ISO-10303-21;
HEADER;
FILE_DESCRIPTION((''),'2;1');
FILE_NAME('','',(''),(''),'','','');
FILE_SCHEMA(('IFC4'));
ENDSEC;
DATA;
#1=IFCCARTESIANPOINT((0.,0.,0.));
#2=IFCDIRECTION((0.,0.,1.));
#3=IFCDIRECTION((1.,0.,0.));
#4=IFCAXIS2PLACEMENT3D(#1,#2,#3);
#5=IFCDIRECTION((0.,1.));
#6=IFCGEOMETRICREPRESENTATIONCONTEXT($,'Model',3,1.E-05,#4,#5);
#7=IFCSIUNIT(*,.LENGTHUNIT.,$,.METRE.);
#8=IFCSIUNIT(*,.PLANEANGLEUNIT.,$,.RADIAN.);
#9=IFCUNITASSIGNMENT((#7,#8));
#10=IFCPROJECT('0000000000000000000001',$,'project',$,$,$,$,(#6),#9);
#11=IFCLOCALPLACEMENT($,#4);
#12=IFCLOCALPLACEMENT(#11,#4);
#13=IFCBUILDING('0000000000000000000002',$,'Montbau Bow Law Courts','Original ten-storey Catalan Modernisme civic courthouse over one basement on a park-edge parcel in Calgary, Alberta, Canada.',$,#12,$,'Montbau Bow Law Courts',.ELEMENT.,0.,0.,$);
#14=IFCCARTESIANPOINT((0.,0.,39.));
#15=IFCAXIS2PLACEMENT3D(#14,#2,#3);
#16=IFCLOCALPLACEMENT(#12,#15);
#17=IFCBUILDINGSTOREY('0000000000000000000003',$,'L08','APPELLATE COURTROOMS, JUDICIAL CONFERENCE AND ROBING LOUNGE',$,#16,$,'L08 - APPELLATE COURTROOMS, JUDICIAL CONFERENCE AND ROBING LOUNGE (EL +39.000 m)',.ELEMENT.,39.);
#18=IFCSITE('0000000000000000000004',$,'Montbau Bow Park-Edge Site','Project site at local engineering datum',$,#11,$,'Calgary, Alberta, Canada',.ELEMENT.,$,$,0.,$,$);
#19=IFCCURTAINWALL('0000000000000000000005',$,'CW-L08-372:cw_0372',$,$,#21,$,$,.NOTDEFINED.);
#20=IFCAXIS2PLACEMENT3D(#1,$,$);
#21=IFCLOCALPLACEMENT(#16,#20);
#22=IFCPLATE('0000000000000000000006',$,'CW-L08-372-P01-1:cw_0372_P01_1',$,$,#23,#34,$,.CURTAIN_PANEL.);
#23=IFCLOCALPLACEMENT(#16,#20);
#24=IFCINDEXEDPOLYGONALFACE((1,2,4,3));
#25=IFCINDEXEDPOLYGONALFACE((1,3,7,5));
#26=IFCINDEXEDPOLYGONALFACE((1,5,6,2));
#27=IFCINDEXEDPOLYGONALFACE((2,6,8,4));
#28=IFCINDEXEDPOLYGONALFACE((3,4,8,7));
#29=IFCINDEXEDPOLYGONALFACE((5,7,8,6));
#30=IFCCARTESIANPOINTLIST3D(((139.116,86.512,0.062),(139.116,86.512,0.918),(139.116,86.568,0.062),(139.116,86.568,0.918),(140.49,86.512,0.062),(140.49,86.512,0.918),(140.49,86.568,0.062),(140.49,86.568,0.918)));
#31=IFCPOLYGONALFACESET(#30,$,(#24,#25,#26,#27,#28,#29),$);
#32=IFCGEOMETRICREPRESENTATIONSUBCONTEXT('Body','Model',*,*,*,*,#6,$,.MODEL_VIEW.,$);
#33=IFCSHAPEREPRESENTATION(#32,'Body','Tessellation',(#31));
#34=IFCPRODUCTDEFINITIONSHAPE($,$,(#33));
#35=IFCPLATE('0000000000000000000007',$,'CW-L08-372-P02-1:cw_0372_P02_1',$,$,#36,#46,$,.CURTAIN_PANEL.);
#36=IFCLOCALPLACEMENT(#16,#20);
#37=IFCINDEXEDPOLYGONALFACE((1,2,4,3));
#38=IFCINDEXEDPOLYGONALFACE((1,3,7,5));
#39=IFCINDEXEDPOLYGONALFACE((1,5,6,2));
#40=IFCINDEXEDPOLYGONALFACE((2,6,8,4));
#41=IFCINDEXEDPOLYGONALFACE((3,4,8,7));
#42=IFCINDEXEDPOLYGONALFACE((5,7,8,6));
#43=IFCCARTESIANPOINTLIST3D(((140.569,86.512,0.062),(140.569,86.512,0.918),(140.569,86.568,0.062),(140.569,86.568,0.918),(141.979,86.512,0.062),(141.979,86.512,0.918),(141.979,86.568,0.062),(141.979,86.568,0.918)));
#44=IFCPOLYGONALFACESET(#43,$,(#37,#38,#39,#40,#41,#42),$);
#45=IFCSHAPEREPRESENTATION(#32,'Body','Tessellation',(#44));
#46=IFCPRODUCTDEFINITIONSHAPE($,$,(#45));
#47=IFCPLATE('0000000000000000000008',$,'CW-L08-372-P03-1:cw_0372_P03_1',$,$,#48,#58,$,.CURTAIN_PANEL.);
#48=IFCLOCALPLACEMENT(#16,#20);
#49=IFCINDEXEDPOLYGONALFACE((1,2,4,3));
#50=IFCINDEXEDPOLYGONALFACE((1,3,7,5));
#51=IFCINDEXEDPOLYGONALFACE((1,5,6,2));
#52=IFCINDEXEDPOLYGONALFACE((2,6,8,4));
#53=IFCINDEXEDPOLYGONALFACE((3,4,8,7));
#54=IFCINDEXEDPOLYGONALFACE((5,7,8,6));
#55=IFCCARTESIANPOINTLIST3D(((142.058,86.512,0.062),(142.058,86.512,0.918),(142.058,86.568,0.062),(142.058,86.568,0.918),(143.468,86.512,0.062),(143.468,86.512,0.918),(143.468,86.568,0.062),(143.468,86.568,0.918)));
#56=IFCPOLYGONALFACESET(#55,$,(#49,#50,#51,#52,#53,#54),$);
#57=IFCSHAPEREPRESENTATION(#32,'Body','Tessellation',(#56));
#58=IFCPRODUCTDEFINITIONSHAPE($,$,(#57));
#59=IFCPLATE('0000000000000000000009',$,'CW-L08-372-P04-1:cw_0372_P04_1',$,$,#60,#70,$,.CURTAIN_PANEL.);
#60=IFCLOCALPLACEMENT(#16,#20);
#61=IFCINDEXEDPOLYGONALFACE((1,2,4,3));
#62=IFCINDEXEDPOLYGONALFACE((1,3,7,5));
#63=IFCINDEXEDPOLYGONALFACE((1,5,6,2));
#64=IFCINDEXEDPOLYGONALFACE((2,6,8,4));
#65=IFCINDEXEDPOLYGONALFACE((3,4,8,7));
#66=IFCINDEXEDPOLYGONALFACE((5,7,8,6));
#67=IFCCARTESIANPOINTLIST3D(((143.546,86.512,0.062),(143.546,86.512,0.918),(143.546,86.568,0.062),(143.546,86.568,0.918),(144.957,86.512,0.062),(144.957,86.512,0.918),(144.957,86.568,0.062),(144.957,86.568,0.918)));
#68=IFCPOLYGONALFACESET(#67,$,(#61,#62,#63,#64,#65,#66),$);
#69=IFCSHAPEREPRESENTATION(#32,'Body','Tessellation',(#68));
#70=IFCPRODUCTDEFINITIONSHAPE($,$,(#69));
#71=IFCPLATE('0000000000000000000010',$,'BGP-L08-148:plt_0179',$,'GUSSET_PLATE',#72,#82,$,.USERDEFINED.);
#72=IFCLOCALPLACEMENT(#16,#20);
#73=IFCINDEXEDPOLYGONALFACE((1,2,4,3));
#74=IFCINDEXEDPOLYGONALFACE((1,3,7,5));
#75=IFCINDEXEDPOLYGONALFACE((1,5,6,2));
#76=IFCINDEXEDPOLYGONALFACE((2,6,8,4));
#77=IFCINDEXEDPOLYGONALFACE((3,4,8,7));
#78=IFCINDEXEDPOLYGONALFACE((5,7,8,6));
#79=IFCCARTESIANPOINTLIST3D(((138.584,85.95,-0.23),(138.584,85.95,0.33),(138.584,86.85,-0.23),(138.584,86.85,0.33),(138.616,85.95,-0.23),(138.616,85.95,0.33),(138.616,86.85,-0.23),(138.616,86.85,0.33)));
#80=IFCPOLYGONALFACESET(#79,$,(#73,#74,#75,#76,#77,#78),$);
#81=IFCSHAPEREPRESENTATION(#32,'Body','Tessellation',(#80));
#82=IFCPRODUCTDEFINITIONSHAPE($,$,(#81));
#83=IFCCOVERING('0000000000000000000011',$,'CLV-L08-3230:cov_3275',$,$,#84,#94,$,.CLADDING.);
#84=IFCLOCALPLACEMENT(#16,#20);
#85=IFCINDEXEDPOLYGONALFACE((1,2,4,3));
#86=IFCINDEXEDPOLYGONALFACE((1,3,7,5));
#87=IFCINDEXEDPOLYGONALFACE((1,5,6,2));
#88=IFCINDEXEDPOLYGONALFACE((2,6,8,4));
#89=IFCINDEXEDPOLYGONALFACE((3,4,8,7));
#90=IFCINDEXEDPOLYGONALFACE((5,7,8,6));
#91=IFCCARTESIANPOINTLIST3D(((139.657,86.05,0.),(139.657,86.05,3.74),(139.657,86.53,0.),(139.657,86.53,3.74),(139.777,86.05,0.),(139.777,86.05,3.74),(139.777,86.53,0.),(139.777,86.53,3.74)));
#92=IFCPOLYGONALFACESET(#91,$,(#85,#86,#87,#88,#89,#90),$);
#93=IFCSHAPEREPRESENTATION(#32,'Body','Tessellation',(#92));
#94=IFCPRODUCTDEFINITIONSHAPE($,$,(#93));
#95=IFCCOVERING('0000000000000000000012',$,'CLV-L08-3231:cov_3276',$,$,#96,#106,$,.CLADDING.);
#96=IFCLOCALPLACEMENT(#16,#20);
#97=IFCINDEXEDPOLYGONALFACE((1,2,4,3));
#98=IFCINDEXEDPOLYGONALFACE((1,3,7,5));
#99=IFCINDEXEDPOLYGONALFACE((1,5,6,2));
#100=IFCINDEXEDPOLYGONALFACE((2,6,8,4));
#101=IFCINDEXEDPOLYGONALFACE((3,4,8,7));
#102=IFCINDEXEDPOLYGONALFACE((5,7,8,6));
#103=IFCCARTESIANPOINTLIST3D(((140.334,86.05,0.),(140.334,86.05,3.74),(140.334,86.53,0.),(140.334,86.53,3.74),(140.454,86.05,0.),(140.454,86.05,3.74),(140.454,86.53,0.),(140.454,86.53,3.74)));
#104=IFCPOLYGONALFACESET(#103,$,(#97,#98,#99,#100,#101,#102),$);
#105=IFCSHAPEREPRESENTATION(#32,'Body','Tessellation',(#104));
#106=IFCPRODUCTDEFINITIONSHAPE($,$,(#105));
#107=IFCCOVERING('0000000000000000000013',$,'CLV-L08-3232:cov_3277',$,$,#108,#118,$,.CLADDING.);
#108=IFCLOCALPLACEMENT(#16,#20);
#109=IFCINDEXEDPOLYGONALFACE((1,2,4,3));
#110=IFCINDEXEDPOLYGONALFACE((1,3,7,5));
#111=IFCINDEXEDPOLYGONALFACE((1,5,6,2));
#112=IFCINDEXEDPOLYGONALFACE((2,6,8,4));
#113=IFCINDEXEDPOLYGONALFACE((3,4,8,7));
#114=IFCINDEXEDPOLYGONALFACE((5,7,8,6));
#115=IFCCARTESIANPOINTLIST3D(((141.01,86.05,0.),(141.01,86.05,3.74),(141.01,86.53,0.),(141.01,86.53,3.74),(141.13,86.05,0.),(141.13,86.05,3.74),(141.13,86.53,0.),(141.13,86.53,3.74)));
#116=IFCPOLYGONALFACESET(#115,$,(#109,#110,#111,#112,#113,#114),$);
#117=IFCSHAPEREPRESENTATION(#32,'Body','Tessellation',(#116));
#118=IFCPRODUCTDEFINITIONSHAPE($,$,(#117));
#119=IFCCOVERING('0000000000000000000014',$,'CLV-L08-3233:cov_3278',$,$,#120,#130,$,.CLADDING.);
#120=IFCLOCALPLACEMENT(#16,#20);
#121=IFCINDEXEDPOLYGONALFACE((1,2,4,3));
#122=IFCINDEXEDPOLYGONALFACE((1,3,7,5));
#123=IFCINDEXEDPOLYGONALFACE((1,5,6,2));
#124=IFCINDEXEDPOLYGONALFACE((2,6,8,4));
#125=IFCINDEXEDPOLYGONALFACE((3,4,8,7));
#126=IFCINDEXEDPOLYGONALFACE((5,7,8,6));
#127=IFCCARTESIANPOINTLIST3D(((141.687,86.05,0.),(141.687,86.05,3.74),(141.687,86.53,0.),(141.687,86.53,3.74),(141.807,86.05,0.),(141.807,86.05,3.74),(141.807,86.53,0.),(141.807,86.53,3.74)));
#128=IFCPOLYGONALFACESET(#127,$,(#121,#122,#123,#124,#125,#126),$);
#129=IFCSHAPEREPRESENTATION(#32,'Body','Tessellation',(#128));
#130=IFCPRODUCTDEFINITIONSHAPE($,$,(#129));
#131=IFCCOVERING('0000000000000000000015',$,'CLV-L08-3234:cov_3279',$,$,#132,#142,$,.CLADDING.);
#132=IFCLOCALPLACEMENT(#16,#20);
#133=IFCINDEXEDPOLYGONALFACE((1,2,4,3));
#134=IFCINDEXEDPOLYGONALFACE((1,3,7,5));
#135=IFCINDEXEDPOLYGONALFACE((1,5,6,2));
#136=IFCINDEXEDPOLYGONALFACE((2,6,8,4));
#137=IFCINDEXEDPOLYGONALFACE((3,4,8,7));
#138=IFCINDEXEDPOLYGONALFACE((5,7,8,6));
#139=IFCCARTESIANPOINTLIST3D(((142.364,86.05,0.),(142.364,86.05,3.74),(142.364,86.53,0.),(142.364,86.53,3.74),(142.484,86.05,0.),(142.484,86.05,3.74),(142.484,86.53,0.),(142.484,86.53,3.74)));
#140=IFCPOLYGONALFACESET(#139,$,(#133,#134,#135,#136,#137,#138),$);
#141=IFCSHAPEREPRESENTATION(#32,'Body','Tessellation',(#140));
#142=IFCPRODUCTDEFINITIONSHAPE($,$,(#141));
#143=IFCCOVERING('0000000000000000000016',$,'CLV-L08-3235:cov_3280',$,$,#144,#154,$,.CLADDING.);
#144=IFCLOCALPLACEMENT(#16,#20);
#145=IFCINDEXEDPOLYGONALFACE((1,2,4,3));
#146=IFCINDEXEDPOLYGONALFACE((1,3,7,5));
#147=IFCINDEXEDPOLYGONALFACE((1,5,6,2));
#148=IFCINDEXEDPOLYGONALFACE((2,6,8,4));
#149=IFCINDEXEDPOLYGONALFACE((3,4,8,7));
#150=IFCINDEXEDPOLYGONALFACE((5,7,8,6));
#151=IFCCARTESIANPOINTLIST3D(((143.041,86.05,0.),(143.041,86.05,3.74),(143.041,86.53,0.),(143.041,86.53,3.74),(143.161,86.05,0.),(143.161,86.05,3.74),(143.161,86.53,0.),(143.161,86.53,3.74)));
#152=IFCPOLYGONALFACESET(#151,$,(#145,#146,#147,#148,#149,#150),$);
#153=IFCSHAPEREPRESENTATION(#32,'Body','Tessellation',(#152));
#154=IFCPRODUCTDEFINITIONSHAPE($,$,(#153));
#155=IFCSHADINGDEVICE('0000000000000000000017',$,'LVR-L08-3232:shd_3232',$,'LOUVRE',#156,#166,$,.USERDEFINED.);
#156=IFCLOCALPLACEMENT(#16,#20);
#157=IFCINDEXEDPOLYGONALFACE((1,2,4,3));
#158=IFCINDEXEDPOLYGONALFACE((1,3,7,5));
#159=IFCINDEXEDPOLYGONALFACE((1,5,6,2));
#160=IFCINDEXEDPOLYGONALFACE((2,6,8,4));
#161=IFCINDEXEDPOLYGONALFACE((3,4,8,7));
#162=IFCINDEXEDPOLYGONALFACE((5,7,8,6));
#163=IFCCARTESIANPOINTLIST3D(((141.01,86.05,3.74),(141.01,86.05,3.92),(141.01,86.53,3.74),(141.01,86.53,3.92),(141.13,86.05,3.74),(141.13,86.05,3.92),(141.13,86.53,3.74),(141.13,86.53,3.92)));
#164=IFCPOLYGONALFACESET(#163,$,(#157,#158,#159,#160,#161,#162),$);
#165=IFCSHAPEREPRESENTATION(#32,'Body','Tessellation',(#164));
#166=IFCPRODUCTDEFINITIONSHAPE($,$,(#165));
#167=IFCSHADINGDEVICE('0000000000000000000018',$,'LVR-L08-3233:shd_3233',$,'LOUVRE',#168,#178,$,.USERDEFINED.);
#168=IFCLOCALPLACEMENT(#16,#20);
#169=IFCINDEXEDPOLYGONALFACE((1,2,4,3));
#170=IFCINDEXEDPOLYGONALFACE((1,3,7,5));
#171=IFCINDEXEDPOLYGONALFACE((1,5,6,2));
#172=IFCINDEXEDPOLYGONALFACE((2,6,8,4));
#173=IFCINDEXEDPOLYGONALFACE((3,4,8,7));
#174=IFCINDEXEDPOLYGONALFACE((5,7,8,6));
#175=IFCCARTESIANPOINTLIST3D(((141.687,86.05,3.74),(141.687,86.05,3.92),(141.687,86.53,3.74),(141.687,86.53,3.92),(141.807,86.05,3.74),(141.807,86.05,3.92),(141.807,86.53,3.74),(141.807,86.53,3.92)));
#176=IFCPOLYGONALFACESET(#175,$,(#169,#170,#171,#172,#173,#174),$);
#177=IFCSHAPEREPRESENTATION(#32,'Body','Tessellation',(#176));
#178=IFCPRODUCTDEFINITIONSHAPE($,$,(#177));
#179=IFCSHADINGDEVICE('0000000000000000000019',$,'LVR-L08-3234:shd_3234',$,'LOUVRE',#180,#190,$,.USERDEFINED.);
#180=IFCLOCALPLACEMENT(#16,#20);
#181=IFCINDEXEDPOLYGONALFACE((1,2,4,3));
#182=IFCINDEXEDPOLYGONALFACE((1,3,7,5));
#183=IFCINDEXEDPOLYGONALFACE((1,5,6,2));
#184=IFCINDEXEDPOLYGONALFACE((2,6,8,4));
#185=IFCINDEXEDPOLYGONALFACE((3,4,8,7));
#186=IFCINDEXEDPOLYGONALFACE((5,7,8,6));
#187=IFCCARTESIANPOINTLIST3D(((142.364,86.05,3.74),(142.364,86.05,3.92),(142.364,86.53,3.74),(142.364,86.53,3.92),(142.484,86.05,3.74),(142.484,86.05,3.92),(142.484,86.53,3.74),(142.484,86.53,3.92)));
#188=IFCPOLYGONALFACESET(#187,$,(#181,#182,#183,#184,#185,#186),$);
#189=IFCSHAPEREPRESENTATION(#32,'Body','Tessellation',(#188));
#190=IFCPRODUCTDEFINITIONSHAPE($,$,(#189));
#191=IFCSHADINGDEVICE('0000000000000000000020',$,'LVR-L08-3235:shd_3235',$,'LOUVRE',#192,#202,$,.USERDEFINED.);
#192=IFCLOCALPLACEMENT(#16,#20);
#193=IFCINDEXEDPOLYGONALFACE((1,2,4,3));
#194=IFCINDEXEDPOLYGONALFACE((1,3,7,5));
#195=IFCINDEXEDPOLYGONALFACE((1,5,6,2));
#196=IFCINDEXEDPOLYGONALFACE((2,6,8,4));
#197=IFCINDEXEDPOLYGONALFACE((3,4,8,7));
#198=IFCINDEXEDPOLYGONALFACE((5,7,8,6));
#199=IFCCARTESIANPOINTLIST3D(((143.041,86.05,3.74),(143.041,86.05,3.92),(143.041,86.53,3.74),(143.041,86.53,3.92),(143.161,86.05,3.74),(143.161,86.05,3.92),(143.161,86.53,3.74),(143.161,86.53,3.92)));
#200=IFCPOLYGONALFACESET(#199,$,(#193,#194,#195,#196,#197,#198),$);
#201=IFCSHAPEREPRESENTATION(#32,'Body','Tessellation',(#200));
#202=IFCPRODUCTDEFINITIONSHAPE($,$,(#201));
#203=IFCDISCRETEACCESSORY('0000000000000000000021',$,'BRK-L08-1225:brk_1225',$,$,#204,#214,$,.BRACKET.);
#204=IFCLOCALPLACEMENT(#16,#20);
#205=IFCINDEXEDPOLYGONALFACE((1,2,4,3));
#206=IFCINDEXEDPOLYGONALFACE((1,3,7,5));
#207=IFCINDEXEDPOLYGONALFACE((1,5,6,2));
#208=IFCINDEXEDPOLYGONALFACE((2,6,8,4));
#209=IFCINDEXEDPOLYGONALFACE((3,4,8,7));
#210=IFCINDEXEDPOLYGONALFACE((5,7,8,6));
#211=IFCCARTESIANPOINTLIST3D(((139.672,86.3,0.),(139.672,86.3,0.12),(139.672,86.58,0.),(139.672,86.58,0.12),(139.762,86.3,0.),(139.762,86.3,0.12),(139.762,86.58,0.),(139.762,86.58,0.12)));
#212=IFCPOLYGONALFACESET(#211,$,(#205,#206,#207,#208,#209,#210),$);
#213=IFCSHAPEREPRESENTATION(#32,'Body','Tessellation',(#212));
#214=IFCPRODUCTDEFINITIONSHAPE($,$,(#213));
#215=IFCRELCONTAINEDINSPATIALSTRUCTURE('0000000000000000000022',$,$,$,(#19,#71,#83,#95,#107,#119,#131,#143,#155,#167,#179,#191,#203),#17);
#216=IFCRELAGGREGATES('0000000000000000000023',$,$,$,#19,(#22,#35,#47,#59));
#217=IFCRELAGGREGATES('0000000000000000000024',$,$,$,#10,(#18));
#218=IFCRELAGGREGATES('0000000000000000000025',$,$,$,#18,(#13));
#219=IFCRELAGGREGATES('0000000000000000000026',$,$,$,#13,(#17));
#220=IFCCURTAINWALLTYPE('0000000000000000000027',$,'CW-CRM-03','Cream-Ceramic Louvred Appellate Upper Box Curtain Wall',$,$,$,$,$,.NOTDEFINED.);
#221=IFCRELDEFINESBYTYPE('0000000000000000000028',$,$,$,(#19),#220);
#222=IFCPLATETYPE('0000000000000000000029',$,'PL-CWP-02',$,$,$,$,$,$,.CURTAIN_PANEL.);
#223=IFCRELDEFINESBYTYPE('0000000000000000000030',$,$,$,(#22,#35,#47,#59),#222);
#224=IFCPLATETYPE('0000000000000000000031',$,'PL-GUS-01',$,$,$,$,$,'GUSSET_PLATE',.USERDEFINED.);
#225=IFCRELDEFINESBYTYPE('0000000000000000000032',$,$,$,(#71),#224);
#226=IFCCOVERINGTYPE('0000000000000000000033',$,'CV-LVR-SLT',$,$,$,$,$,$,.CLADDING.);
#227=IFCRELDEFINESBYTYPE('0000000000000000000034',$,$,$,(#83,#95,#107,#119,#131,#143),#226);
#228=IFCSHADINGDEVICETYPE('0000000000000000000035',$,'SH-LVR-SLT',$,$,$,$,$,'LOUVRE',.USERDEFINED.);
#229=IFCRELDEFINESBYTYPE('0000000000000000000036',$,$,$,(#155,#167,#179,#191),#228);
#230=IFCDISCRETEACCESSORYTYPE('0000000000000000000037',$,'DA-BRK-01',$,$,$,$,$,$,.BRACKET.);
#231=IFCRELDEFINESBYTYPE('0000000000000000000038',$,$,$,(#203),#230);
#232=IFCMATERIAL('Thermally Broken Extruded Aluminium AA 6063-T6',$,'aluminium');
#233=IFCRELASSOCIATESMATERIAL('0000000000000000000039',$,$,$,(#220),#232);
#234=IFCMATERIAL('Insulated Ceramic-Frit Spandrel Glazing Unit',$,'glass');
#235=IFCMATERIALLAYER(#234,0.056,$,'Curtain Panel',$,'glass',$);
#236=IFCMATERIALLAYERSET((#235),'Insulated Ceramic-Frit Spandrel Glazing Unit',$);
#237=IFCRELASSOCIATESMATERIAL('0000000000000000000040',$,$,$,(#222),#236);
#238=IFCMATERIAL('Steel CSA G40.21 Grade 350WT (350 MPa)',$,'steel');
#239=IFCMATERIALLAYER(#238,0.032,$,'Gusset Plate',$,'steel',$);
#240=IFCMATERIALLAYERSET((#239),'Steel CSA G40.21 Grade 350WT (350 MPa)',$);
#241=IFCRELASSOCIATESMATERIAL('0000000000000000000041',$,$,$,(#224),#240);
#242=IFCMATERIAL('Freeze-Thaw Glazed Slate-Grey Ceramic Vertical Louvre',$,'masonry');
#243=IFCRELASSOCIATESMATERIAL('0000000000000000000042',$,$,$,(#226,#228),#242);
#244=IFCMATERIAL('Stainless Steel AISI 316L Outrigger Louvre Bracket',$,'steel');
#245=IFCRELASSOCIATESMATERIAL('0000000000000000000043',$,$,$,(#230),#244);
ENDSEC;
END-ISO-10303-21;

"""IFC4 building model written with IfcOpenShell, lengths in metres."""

from ifc_helpers import new_model, si_unit, direction, frame, frame_2d, origin_with_axes, origin_2d_with_axis, place, context, subcontext, project, spatial, rectangle, extrude, material, layer, layer_set, type_object, element, aggregate, save


model = new_model("IFC4")

# Units and contexts
model_context = context("Model", 3, precision=1e-05, world=origin_with_axes(), true_north=direction((0.0, 1.0)))
body_context = subcontext(model_context, "Body", "Model", "MODEL_VIEW")
ifc_project = project(units=[si_unit("LENGTHUNIT", "METRE"), si_unit("PLANEANGLEUNIT", "RADIAN")], contexts=[model_context])

# Site, building, storey
site_placement = place(None, origin_with_axes())
site = spatial("IfcSite", under=ifc_project, at=site_placement, Name="Montbau Bow Park-Edge Site", Description="Project site at local engineering datum", LongName="Calgary, Alberta, Canada", CompositionType="ELEMENT", RefElevation=0.0)
building_placement = place(site_placement, origin_with_axes())
building = spatial("IfcBuilding", under=site, at=building_placement, Name="Montbau Bow Law Courts", Description="Original ten-storey Catalan Modernisme civic courthouse over one basement on a park-edge parcel in Calgary, Alberta, Canada.", LongName="Montbau Bow Law Courts", CompositionType="ELEMENT", ElevationOfRefHeight=0.0, ElevationOfTerrain=0.0)
storey_placement = place(building_placement, frame((0.0, 0.0, 39.0), z_axis=(0.0, 0.0, 1.0), x_axis=(1.0, 0.0, 0.0)))
storey = spatial("IfcBuildingStorey", under=building, at=storey_placement, Name="L08", Description="APPELLATE COURTROOMS, JUDICIAL CONFERENCE AND ROBING LOUNGE", LongName="L08 - APPELLATE COURTROOMS, JUDICIAL CONFERENCE AND ROBING LOUNGE (EL +39.000 m)", CompositionType="ELEMENT", Elevation=39.0)

# Shared definitions
ifc_material_1 = material(Name="Steel CSA G40.21 Grade 350WT (350 MPa)", Category="steel")

# Curtain wall, plates
ifc_material_2 = material(Name="Thermally Broken Extruded Aluminium AA 6063-T6", Category="aluminium")
curtain_wall_type = type_object("IfcCurtainWallType", Name="CW-CRM-03", Description="Cream-Ceramic Louvred Appellate Upper Box Curtain Wall", PredefinedType="NOTDEFINED", material=ifc_material_2)
curtain_wall_placement = place(None, frame((139.04, 86.54, 39.0), z_axis=(0.0, 0.0, 1.0), x_axis=(1.0, 0.0, 0.0)))
curtain_wall = element("IfcCurtainWall", 1, at=curtain_wall_placement, inside=storey, type_object=curtain_wall_type, Name="CW-L08-372:cw_0372", PredefinedType="NOTDEFINED")
ifc_material_3 = material(Name="Insulated Ceramic-Frit Spandrel Glazing Unit", Category="glass")
ifc_layer_1 = layer(ifc_material_3, 0.056, Name="Curtain Panel", Category="glass")
ifc_layer_set_1 = layer_set([ifc_layer_1], Name="Insulated Ceramic-Frit Spandrel Glazing Unit")
plate_type_1 = type_object("IfcPlateType", Name="PL-CWP-02", PredefinedType="CURTAIN_PANEL", material=ifc_layer_set_1)
plate_1_placement = place(None, frame((139.116, 86.54, 39.062), z_axis=(0.0, -1.0, 0.0), x_axis=(1.0, 0.0, 0.0)))
plate_1 = element("IfcPlate", 2, at=plate_1_placement, type_object=plate_type_1, Name="CW-L08-372-P01-1:cw_0372_P01_1", PredefinedType="CURTAIN_PANEL", context=body_context, shape_type="SweptSolid", body=[
    extrude(rectangle(XDim=1.374, YDim=0.856, at=frame_2d((0.687, 0.428), x_axis=(1.0, 0.0))), frame((0.0, 0.0, -0.028), z_axis=(0.0, 0.0, 1.0), x_axis=(1.0, 0.0, 0.0)), (0.0, 0.0, 1.0), 0.056),
])
plate_2_placement = place(None, frame((140.569, 86.54, 39.062), z_axis=(0.0, -1.0, 0.0), x_axis=(1.0, 0.0, 0.0)))
plate_2 = element("IfcPlate", 3, at=plate_2_placement, type_object=plate_type_1, Name="CW-L08-372-P02-1:cw_0372_P02_1", PredefinedType="CURTAIN_PANEL", context=body_context, shape_type="SweptSolid", body=[
    extrude(rectangle(XDim=1.41, YDim=0.856, at=frame_2d((0.705, 0.428), x_axis=(1.0, 0.0))), frame((0.0, 0.0, -0.028), z_axis=(0.0, 0.0, 1.0), x_axis=(1.0, 0.0, 0.0)), (0.0, 0.0, 1.0), 0.056),
])
plate_3_placement = place(None, frame((142.058, 86.54, 39.062), z_axis=(0.0, -1.0, 0.0), x_axis=(1.0, 0.0, 0.0)))
plate_3 = element("IfcPlate", 4, at=plate_3_placement, type_object=plate_type_1, Name="CW-L08-372-P03-1:cw_0372_P03_1", PredefinedType="CURTAIN_PANEL", context=body_context, shape_type="SweptSolid", body=[
    extrude(rectangle(XDim=1.41, YDim=0.856, at=frame_2d((0.705, 0.428), x_axis=(1.0, 0.0))), frame((0.0, 0.0, -0.028), z_axis=(0.0, 0.0, 1.0), x_axis=(1.0, 0.0, 0.0)), (0.0, 0.0, 1.0), 0.056),
])
plate_4_placement = place(None, frame((143.546, 86.54, 39.062), z_axis=(0.0, -1.0, 0.0), x_axis=(1.0, 0.0, 0.0)))
plate_4 = element("IfcPlate", 5, at=plate_4_placement, type_object=plate_type_1, Name="CW-L08-372-P04-1:cw_0372_P04_1", PredefinedType="CURTAIN_PANEL", context=body_context, shape_type="SweptSolid", body=[
    extrude(rectangle(XDim=1.411, YDim=0.856, at=frame_2d((0.7055, 0.428), x_axis=(1.0, 0.0))), frame((0.0, 0.0, -0.028), z_axis=(0.0, 0.0, 1.0), x_axis=(1.0, 0.0, 0.0)), (0.0, 0.0, 1.0), 0.056),
])
aggregate(curtain_wall, [plate_1, plate_2, plate_3, plate_4])

# Plate
ifc_layer_2 = layer(ifc_material_1, 0.032, Name="Gusset Plate", Category="steel")
ifc_layer_set_2 = layer_set([ifc_layer_2], Name="Steel CSA G40.21 Grade 350WT (350 MPa)")
plate_type_2 = type_object("IfcPlateType", Name="PL-GUS-01", ElementType="GUSSET_PLATE", PredefinedType="USERDEFINED", material=ifc_layer_set_2)
plate_5_placement = place(None, frame((138.6, 86.4, 38.77), z_axis=(0.0, 0.0, 1.0), x_axis=(0.0, 1.0, 0.0)))
element("IfcPlate", 6, at=plate_5_placement, inside=storey, type_object=plate_type_2, Name="BGP-L08-148:plt_0179", ObjectType="GUSSET_PLATE", PredefinedType="USERDEFINED", context=body_context, shape_type="SweptSolid", body=[
    extrude(rectangle(XDim=0.9, YDim=0.032, at=origin_2d_with_axis()), origin_with_axes(), (0.0, 0.0, 1.0), 0.56),
])

# Coverings
ifc_material_4 = material(Name="Freeze-Thaw Glazed Slate-Grey Ceramic Vertical Louvre", Category="masonry")
covering_type = type_object("IfcCoveringType", Name="CV-LVR-SLT", PredefinedType="CLADDING", material=ifc_material_4)
for number, where, z_axis, x_axis, name in (
    (7, (139.717, 86.53, 39.0), (-1.0, 0.0, 0.0), (0.0, -1.0, 0.0), "CLV-L08-3230:cov_3275"),
    (8, (140.394, 86.53, 39.0), (-1.0, 0.0, 0.0), (0.0, -1.0, 0.0), "CLV-L08-3231:cov_3276"),
    (9, (141.07, 86.53, 39.0), (-1.0, 0.0, 0.0), (0.0, -1.0, 0.0), "CLV-L08-3232:cov_3277"),
    (10, (141.747, 86.53, 39.0), (-1.0, 0.0, 0.0), (0.0, -1.0, 0.0), "CLV-L08-3233:cov_3278"),
    (11, (142.424, 86.53, 39.0), (-1.0, 0.0, 0.0), (0.0, -1.0, 0.0), "CLV-L08-3234:cov_3279"),
    (12, (143.101, 86.53, 39.0), (-1.0, 0.0, 0.0), (0.0, -1.0, 0.0), "CLV-L08-3235:cov_3280"),
):
    element("IfcCovering", number, at=place(None, frame(where, z_axis=z_axis, x_axis=x_axis)), inside=storey, type_object=covering_type, Name=name, PredefinedType="CLADDING", context=body_context, shape_type="SweptSolid", body=[
        extrude(rectangle(XDim=0.48, YDim=3.74, at=frame_2d((0.24, 1.87), x_axis=(1.0, 0.0))), frame((0.0, 0.0, -0.06), z_axis=(0.0, 0.0, 1.0), x_axis=(1.0, 0.0, 0.0)), (0.0, 0.0, 1.0), 0.12),
    ])

# Shading devices
shading_device_type = type_object("IfcShadingDeviceType", Name="SH-LVR-SLT", ElementType="LOUVRE", PredefinedType="USERDEFINED", material=ifc_material_4)
for number, where, z_axis, x_axis, name in (
    (13, (141.07, 86.29, 42.74), (0.0, 0.0, 1.0), (0.0, -1.0, 0.0), "LVR-L08-3232:shd_3232"),
    (14, (141.747, 86.29, 42.74), (0.0, 0.0, 1.0), (0.0, -1.0, 0.0), "LVR-L08-3233:shd_3233"),
    (15, (142.424, 86.29, 42.74), (0.0, 0.0, 1.0), (0.0, -1.0, 0.0), "LVR-L08-3234:shd_3234"),
    (16, (143.101, 86.29, 42.74), (0.0, 0.0, 1.0), (0.0, -1.0, 0.0), "LVR-L08-3235:shd_3235"),
):
    element("IfcShadingDevice", number, at=place(None, frame(where, z_axis=z_axis, x_axis=x_axis)), inside=storey, type_object=shading_device_type, Name=name, ObjectType="LOUVRE", PredefinedType="USERDEFINED", context=body_context, shape_type="SweptSolid", body=[
        extrude(rectangle(XDim=0.48, YDim=0.12, at=origin_2d_with_axis()), origin_with_axes(), (0.0, 0.0, 1.0), 0.18),
    ])

# Discrete accessory
ifc_material_5 = material(Name="Stainless Steel AISI 316L Outrigger Louvre Bracket", Category="steel")
discrete_accessory_type = type_object("IfcDiscreteAccessoryType", Name="DA-BRK-01", PredefinedType="BRACKET", material=ifc_material_5)
for number, where, z_axis, x_axis, name in (
    (17, (139.717, 86.44, 39.0), (0.0, 0.0, 1.0), (0.0, -1.0, 0.0), "BRK-L08-1225:brk_1225"),
):
    element("IfcDiscreteAccessory", number, at=place(None, frame(where, z_axis=z_axis, x_axis=x_axis)), inside=storey, type_object=discrete_accessory_type, Name=name, PredefinedType="BRACKET", context=body_context, shape_type="SweptSolid", body=[
        extrude(rectangle(XDim=0.28, YDim=0.09, at=origin_2d_with_axis()), origin_with_axes(), (0.0, 0.0, 1.0), 0.12),
    ])

save(model, "model.ifc")
